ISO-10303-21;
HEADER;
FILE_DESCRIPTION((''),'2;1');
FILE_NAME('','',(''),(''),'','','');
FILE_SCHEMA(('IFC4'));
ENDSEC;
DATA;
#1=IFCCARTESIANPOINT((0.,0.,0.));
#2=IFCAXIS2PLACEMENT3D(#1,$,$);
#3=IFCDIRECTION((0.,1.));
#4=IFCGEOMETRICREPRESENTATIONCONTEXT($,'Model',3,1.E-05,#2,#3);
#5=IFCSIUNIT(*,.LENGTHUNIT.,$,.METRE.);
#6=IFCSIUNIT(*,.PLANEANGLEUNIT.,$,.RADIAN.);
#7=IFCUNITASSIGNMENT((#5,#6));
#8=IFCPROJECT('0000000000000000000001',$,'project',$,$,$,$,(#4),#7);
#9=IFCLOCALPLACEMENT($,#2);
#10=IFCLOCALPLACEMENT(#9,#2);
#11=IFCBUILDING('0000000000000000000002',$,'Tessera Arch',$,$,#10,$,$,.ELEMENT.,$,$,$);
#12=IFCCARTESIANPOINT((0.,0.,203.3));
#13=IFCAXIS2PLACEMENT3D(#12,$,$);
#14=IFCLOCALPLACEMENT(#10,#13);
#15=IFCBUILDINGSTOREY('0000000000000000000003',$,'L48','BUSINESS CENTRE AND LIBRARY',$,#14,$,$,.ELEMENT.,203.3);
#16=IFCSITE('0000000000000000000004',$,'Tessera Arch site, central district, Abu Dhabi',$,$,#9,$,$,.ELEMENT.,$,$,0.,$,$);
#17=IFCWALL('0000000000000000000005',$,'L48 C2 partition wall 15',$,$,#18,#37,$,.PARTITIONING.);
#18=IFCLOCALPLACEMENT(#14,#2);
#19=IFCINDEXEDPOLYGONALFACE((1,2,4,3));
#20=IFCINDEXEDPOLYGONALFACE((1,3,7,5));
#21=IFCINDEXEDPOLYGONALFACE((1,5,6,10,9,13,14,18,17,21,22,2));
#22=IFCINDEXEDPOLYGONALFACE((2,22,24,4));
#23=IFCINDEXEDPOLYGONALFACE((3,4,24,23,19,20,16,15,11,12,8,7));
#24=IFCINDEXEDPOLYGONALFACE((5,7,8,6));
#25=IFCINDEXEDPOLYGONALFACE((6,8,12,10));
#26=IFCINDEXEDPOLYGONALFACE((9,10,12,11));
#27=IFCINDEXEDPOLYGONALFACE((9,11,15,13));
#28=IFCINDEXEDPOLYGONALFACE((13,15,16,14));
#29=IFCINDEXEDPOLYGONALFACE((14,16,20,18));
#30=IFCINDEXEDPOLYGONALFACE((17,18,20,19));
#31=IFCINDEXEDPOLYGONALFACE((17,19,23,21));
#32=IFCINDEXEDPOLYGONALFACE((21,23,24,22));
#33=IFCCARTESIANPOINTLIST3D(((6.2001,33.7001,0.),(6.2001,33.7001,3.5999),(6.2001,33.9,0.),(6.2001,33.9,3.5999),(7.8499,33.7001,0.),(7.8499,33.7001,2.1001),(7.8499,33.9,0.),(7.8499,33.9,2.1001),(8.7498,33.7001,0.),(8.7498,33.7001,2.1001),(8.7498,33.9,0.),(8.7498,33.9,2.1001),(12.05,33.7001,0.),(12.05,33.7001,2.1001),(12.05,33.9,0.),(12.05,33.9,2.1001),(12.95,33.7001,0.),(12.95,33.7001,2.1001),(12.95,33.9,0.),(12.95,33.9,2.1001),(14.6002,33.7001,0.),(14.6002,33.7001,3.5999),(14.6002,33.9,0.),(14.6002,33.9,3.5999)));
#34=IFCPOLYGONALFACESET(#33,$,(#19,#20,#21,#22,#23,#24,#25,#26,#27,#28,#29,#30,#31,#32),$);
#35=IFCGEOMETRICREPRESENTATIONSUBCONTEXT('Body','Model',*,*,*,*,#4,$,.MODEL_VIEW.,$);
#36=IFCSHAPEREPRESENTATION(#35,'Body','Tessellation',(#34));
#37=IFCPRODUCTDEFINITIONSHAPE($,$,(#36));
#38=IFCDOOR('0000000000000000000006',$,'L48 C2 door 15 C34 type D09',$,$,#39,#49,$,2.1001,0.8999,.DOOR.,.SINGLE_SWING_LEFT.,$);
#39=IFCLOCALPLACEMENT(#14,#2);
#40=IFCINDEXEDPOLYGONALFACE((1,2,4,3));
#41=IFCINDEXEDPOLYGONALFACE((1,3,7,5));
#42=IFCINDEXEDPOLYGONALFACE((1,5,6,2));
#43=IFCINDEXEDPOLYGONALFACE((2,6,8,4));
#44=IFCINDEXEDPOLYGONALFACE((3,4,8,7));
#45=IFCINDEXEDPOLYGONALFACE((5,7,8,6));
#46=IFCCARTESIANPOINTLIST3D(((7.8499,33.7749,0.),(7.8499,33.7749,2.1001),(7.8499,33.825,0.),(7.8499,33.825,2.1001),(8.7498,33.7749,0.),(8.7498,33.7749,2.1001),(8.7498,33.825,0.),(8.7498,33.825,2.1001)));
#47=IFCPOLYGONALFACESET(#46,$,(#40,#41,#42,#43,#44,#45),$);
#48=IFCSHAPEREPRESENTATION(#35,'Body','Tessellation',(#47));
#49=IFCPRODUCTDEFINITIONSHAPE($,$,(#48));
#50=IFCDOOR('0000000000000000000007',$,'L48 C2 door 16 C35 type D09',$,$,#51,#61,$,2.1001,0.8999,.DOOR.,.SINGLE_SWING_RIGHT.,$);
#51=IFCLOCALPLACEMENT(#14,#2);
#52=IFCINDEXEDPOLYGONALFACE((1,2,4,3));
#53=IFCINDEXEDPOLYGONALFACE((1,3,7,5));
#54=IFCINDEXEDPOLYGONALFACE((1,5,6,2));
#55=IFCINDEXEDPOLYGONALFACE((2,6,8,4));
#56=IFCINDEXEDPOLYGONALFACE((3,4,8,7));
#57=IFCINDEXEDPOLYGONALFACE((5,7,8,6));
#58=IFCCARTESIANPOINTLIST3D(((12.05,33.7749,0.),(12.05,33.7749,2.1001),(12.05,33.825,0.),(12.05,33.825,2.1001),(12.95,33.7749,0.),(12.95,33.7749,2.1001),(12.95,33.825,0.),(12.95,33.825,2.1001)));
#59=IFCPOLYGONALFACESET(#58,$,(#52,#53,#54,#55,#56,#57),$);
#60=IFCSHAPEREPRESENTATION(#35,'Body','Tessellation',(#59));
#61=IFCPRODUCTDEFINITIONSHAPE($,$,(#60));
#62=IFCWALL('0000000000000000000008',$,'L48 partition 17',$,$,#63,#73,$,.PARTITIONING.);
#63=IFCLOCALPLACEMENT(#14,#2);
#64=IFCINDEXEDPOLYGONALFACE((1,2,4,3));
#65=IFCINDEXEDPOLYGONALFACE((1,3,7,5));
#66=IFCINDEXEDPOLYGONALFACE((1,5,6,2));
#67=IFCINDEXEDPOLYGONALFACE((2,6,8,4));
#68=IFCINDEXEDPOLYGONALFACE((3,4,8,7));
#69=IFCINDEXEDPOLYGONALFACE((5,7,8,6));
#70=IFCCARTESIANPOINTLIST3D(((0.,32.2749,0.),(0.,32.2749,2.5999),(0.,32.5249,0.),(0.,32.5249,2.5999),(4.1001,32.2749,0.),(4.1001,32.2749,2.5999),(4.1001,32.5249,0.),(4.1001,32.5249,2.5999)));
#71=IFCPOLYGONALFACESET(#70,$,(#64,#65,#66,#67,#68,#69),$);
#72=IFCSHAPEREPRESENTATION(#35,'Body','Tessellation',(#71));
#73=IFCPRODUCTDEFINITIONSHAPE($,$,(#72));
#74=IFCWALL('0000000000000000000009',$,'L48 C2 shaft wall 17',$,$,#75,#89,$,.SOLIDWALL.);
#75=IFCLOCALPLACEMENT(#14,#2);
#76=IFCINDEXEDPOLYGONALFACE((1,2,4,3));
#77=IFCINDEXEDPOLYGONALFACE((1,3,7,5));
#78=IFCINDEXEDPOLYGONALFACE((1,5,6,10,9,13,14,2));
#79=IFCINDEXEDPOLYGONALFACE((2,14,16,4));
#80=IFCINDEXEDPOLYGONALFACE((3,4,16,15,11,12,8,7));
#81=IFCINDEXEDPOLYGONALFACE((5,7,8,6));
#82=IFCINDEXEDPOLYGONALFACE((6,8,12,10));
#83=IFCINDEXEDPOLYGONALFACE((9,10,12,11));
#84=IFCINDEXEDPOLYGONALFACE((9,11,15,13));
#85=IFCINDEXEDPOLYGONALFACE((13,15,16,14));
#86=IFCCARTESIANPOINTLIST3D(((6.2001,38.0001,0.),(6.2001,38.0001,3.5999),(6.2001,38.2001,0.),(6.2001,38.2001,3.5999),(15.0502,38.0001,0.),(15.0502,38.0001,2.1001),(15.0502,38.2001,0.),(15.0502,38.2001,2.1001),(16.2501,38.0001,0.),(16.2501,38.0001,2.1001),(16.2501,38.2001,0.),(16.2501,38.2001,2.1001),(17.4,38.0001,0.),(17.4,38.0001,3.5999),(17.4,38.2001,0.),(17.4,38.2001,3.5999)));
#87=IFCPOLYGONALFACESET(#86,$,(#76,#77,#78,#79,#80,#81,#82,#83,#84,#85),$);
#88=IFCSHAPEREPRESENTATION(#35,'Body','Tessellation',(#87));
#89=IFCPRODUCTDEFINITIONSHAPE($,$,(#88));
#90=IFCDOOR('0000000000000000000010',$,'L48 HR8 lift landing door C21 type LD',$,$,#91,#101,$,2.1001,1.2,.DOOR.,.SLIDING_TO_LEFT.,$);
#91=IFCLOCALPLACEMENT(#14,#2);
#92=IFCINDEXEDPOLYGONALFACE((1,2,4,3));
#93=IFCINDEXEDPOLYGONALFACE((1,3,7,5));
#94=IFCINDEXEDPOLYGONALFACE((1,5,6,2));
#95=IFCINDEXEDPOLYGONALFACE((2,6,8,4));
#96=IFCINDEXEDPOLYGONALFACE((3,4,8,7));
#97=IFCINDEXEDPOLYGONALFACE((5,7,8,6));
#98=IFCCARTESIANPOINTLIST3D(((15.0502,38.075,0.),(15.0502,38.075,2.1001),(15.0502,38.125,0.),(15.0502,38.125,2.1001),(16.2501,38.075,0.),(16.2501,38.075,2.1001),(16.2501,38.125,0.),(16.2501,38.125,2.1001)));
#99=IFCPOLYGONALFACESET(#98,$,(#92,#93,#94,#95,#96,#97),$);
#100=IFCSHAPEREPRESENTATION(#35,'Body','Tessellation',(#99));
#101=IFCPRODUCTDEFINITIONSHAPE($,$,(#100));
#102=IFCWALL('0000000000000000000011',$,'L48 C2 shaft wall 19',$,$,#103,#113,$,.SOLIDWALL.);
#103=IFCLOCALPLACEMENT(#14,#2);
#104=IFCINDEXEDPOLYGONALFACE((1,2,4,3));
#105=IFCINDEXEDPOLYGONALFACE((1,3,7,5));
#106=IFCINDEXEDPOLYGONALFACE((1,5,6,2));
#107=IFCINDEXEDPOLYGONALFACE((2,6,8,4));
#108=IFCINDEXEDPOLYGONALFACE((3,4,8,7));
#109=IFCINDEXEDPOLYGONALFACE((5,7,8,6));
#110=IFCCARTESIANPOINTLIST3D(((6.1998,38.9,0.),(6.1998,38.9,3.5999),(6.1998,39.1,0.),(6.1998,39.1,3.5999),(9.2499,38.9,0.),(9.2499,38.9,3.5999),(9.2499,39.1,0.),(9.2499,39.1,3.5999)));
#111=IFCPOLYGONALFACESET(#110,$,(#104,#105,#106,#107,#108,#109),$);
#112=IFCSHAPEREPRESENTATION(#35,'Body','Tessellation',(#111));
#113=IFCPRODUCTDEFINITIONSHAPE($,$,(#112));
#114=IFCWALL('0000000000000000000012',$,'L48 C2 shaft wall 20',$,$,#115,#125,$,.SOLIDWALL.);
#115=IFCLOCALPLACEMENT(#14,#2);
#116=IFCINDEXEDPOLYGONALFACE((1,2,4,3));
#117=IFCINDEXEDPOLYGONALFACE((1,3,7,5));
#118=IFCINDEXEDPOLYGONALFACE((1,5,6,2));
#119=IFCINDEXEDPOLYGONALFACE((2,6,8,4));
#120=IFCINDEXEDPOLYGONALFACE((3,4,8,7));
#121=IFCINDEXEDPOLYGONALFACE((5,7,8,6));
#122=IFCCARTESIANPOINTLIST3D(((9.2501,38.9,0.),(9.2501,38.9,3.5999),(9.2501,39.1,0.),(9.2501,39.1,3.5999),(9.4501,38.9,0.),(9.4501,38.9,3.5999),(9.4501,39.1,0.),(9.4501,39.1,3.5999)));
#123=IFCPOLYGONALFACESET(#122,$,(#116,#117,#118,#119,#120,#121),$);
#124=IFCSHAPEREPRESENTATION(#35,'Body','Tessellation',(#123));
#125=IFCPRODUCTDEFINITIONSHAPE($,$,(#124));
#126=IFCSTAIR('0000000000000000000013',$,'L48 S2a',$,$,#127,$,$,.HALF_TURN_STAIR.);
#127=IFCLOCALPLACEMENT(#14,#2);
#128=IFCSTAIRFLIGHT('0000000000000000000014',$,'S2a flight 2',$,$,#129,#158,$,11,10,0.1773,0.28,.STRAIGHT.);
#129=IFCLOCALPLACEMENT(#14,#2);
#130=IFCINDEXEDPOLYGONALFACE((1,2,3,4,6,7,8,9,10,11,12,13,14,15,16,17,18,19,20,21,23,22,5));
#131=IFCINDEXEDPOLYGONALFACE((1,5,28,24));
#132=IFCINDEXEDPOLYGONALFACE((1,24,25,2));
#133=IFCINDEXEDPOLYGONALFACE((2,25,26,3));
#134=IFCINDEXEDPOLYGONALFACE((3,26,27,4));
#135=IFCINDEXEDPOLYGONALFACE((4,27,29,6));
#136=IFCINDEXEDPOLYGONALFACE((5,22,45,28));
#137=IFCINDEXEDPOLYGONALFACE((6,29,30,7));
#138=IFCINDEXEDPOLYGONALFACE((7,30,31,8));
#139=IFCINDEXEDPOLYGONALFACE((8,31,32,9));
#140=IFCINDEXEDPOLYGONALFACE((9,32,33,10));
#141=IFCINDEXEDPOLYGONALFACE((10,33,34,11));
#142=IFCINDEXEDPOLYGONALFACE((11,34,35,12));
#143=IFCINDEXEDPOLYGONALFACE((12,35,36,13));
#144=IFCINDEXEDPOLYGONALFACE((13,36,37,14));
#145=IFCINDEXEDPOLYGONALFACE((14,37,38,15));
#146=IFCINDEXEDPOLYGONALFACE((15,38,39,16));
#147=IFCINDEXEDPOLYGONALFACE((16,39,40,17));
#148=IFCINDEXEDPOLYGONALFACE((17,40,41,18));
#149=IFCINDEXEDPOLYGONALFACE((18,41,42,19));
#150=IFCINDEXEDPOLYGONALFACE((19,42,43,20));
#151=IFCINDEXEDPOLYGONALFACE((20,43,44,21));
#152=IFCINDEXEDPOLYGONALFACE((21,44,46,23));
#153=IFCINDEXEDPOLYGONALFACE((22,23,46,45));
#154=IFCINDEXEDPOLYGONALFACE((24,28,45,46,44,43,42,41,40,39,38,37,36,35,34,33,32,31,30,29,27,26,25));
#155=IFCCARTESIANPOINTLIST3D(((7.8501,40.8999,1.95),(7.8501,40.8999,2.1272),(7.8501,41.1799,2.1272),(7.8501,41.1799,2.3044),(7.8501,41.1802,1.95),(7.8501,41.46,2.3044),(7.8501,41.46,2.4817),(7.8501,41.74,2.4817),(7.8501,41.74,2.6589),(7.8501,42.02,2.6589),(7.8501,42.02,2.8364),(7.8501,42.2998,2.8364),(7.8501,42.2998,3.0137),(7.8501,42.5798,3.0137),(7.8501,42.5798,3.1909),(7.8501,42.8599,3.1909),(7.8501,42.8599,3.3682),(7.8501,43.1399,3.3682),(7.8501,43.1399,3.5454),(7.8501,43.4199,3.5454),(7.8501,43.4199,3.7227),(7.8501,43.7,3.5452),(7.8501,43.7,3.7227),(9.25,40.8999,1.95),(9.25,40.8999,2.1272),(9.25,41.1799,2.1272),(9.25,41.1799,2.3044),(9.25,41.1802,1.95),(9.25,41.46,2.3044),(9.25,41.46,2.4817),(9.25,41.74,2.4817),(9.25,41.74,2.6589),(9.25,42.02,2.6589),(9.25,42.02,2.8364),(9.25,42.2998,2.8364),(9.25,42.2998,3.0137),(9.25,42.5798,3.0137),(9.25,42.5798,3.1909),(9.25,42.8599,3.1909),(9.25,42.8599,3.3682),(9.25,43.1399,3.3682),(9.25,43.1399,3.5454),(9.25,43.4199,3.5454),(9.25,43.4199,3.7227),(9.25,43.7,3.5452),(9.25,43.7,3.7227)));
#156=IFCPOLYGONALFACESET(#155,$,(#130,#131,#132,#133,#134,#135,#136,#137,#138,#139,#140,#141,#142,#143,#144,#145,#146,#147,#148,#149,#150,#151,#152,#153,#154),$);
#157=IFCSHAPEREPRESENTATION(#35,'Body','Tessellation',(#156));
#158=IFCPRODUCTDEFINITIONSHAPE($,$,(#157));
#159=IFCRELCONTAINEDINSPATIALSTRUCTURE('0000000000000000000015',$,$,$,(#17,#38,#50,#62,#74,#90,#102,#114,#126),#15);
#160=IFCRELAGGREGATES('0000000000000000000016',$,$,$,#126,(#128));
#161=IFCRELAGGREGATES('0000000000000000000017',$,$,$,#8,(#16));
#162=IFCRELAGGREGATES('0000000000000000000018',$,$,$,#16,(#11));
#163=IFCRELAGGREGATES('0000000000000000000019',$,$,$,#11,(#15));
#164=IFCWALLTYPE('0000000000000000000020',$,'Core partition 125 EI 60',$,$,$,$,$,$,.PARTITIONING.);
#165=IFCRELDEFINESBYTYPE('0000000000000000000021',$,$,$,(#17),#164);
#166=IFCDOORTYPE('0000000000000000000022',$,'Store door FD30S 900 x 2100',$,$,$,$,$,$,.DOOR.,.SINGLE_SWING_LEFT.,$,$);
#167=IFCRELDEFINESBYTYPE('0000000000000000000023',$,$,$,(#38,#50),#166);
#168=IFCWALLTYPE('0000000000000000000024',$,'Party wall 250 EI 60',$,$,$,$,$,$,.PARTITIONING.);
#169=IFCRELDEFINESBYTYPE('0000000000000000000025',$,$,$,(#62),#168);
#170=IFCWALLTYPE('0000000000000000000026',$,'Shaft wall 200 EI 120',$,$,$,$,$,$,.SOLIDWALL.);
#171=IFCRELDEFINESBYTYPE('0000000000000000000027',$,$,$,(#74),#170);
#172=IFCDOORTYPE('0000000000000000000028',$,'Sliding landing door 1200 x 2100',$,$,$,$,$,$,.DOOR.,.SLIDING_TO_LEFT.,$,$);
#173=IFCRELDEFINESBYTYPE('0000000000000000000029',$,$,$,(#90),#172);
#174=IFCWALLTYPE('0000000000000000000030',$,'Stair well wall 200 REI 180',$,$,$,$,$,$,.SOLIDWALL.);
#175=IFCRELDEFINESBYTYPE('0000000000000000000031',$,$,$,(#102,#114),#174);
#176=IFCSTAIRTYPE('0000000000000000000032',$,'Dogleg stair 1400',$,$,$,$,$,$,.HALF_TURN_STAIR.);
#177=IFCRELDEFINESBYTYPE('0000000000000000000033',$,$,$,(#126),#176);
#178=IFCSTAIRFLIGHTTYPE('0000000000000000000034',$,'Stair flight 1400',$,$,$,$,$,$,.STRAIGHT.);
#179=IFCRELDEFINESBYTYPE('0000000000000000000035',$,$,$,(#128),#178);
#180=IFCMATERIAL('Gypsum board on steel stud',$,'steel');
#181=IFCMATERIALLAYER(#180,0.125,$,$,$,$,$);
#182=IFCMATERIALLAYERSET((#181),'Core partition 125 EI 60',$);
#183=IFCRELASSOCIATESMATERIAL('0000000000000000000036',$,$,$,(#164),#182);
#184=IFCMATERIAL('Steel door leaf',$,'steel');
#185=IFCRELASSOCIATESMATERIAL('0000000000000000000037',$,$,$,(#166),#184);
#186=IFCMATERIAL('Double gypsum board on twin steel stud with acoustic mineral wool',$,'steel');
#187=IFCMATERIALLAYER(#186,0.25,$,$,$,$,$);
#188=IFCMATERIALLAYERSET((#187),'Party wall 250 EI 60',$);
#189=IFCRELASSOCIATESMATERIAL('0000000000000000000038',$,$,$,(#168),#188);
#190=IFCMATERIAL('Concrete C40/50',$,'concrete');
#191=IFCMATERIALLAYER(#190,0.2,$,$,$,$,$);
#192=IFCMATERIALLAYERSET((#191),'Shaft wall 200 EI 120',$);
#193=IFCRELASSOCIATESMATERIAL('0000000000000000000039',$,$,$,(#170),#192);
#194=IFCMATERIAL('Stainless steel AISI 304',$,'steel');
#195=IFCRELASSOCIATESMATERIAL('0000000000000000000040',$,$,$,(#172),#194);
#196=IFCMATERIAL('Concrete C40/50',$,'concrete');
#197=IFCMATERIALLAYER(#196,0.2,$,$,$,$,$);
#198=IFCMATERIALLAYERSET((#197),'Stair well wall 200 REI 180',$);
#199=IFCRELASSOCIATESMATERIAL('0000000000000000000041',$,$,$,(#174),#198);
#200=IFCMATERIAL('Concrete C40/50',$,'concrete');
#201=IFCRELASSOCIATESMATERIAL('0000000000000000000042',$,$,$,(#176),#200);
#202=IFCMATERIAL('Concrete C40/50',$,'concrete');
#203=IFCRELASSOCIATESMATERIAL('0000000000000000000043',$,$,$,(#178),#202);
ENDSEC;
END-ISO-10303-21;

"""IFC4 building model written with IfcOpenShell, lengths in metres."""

from ifc_helpers import new_model, si_unit, direction, frame, frame_2d, origin, place, context, subcontext, project, spatial, polyline, rectangle, outline, extrude, material, layer, layer_set, type_object, element, fill, aggregate, save


model = new_model("IFC4")

# Units and contexts
model_context = context("Model", 3, precision=1e-05, world=origin(), true_north=direction((0.0, 1.0)))
body_context = subcontext(model_context, "Body", "Model", "MODEL_VIEW")
ifc_project = project(units=[si_unit("LENGTHUNIT", "METRE"), si_unit("PLANEANGLEUNIT", "RADIAN")], contexts=[model_context])

# Site, building, storey
site_placement = place(None, origin())
site = spatial("IfcSite", under=ifc_project, at=site_placement, Name="Tessera Arch site, central district, Abu Dhabi", CompositionType="ELEMENT", RefElevation=0.0)
building_placement = place(site_placement, origin())
building = spatial("IfcBuilding", under=site, at=building_placement, Name="Tessera Arch", CompositionType="ELEMENT")
storey_placement = place(building_placement, frame((0.0, 0.0, 203.3)))
storey = spatial("IfcBuildingStorey", under=building, at=storey_placement, Name="L48", Description="BUSINESS CENTRE AND LIBRARY", CompositionType="ELEMENT", Elevation=203.3)

# Wall, openings, doors
ifc_material_1 = material(Name="Gypsum board on steel stud", Category="steel")
ifc_layer_1 = layer(ifc_material_1, 0.125)
ifc_layer_set_1 = layer_set([ifc_layer_1], Name="Core partition 125 EI 60")
wall_type_1 = type_object("IfcWallType", Name="Core partition 125 EI 60", PredefinedType="PARTITIONING", material=ifc_layer_set_1)
ifc_material_2 = material(Name="Steel door leaf", Category="steel")
door_type_1 = type_object("IfcDoorType", Name="Store door FD30S 900 x 2100", OperationType="SINGLE_SWING_LEFT", PredefinedType="DOOR", material=ifc_material_2)
wall_1_placement = place(storey_placement, frame((6.2, 33.8, 0.0), z_axis=(0.0, 0.0, 1.0), x_axis=(1.0, 0.0, 0.0)))
wall_1 = element("IfcWall", 1, at=wall_1_placement, inside=storey, type_object=wall_type_1, Name="L48 C2 partition wall 15", PredefinedType="PARTITIONING", context=body_context, shape_type="SweptSolid", body=[
    extrude(rectangle(XDim=8.4001, YDim=0.2, at=frame_2d((4.2002, 0.0))), origin(), (0.0, 0.0, 1.0), 3.5999),
])
opening_1_placement = place(wall_1_placement, frame((1.6499, 0.0, 0.0)))
opening_1 = element("IfcOpeningElement", 2, at=opening_1_placement, cuts=wall_1, PredefinedType="OPENING", context=body_context, shape_type="SweptSolid", body=[
    extrude(rectangle(XDim=0.8999, YDim=2.1001, at=frame_2d((0.45, 1.05))), frame((0.0, 0.1099, 0.0), z_axis=(0.0, -1.0, 0.0), x_axis=(1.0, 0.0, 0.0)), (0.0, 0.0, 1.0), 0.22),
])
opening_2_placement = place(wall_1_placement, frame((5.8501, 0.0, 0.0)))
opening_2 = element("IfcOpeningElement", 3, at=opening_2_placement, cuts=wall_1, PredefinedType="OPENING", context=body_context, shape_type="SweptSolid", body=[
    extrude(rectangle(XDim=0.8999, YDim=2.1001, at=frame_2d((0.45, 1.05))), frame((0.0, 0.1099, 0.0), z_axis=(0.0, -1.0, 0.0), x_axis=(1.0, 0.0, 0.0)), (0.0, 0.0, 1.0), 0.22),
])
door_1_placement = place(opening_1_placement, origin())
door_1 = element("IfcDoor", 4, at=door_1_placement, inside=storey, type_object=door_type_1, Name="L48 C2 door 15 C34 type D09", OperationType="SINGLE_SWING_LEFT", OverallHeight=2.1001, OverallWidth=0.8999, PredefinedType="DOOR", context=body_context, shape_type="SweptSolid", body=[
    extrude(rectangle(XDim=0.8999, YDim=2.1001, at=frame_2d((0.45, 1.05))), frame((0.0, 0.0249, 0.0), z_axis=(0.0, -1.0, 0.0), x_axis=(1.0, 0.0, 0.0)), (0.0, 0.0, 1.0), 0.05),
])
fill(opening_1, door_1)
door_2_placement = place(opening_2_placement, origin())
door_2 = element("IfcDoor", 5, at=door_2_placement, inside=storey, type_object=door_type_1, Name="L48 C2 door 16 C35 type D09", OperationType="SINGLE_SWING_RIGHT", OverallHeight=2.1001, OverallWidth=0.8999, PredefinedType="DOOR", context=body_context, shape_type="SweptSolid", body=[
    extrude(rectangle(XDim=0.8999, YDim=2.1001, at=frame_2d((0.45, 1.05))), frame((0.0, 0.0249, 0.0), z_axis=(0.0, -1.0, 0.0), x_axis=(1.0, 0.0, 0.0)), (0.0, 0.0, 1.0), 0.05),
])
fill(opening_2, door_2)

# Wall
ifc_material_3 = material(Name="Double gypsum board on twin steel stud with acoustic mineral wool", Category="steel")
ifc_layer_2 = layer(ifc_material_3, 0.25)
ifc_layer_set_2 = layer_set([ifc_layer_2], Name="Party wall 250 EI 60")
wall_type_2 = type_object("IfcWallType", Name="Party wall 250 EI 60", PredefinedType="PARTITIONING", material=ifc_layer_set_2)
wall_2_placement = place(storey_placement, frame((0.0, 32.3999, 0.0), z_axis=(0.0, 0.0, 1.0), x_axis=(1.0, 0.0, 0.0)))
element("IfcWall", 6, at=wall_2_placement, inside=storey, type_object=wall_type_2, Name="L48 partition 17", PredefinedType="PARTITIONING", context=body_context, shape_type="SweptSolid", body=[
    extrude(rectangle(XDim=4.1001, YDim=0.25, at=frame_2d((2.05, 0.0))), origin(), (0.0, 0.0, 1.0), 2.5999),
])

# Wall, opening, door
ifc_material_4 = material(Name="Concrete C40/50", Category="concrete")
ifc_layer_3 = layer(ifc_material_4, 0.2)
ifc_layer_set_3 = layer_set([ifc_layer_3], Name="Shaft wall 200 EI 120")
wall_type_3 = type_object("IfcWallType", Name="Shaft wall 200 EI 120", PredefinedType="SOLIDWALL", material=ifc_layer_set_3)
wall_3_placement = place(storey_placement, frame((6.2, 38.1001, 0.0), z_axis=(0.0, 0.0, 1.0), x_axis=(1.0, 0.0, 0.0)))
wall_3 = element("IfcWall", 7, at=wall_3_placement, inside=storey, type_object=wall_type_3, Name="L48 C2 shaft wall 17", PredefinedType="SOLIDWALL", context=body_context, shape_type="SweptSolid", body=[
    extrude(rectangle(XDim=11.2, YDim=0.2, at=frame_2d((5.6001, 0.0))), origin(), (0.0, 0.0, 1.0), 3.5999),
])
opening_3_placement = place(wall_3_placement, frame((8.8501, 0.0, 0.0)))
opening_3 = element("IfcOpeningElement", 8, at=opening_3_placement, cuts=wall_3, PredefinedType="OPENING", context=body_context, shape_type="SweptSolid", body=[
    extrude(rectangle(XDim=1.2, YDim=2.1001, at=frame_2d((0.6001, 1.05))), frame((0.0, 0.1099, 0.0), z_axis=(0.0, -1.0, 0.0), x_axis=(1.0, 0.0, 0.0)), (0.0, 0.0, 1.0), 0.22),
])
ifc_material_5 = material(Name="Stainless steel AISI 304", Category="steel")
door_type_2 = type_object("IfcDoorType", Name="Sliding landing door 1200 x 2100", OperationType="SLIDING_TO_LEFT", PredefinedType="DOOR", material=ifc_material_5)
door_3_placement = place(opening_3_placement, origin())
door_3 = element("IfcDoor", 9, at=door_3_placement, inside=storey, type_object=door_type_2, Name="L48 HR8 lift landing door C21 type LD", OperationType="SLIDING_TO_LEFT", OverallHeight=2.1001, OverallWidth=1.2, PredefinedType="DOOR", context=body_context, shape_type="SweptSolid", body=[
    extrude(rectangle(XDim=1.2, YDim=2.1001, at=frame_2d((0.6001, 1.05))), frame((0.0, 0.0249, 0.0), z_axis=(0.0, -1.0, 0.0), x_axis=(1.0, 0.0, 0.0)), (0.0, 0.0, 1.0), 0.05),
])
fill(opening_3, door_3)

# Walls
ifc_material_6 = material(Name="Concrete C40/50", Category="concrete")
ifc_layer_4 = layer(ifc_material_6, 0.2)
ifc_layer_set_4 = layer_set([ifc_layer_4], Name="Stair well wall 200 REI 180")
wall_type_4 = type_object("IfcWallType", Name="Stair well wall 200 REI 180", PredefinedType="SOLIDWALL", material=ifc_layer_set_4)
wall_4_placement = place(storey_placement, frame((6.2, 39.0, 0.0), z_axis=(0.0, 0.0, 1.0), x_axis=(1.0, 0.0, 0.0)))
element("IfcWall", 10, at=wall_4_placement, inside=storey, type_object=wall_type_4, Name="L48 C2 shaft wall 19", PredefinedType="SOLIDWALL", context=body_context, shape_type="SweptSolid", body=[
    extrude(rectangle(XDim=3.05, YDim=0.2, at=frame_2d((1.5249, 0.0))), origin(), (0.0, 0.0, 1.0), 3.5999),
])
wall_5_placement = place(storey_placement, frame((9.25, 39.0, 0.0), z_axis=(0.0, 0.0, 1.0), x_axis=(1.0, 0.0, 0.0)))
element("IfcWall", 11, at=wall_5_placement, inside=storey, type_object=wall_type_4, Name="L48 C2 shaft wall 20", PredefinedType="SOLIDWALL", context=body_context, shape_type="SweptSolid", body=[
    extrude(rectangle(XDim=0.2, YDim=0.2, at=frame_2d((0.1001, 0.0))), origin(), (0.0, 0.0, 1.0), 3.5999),
])

# Stair, stair flight
ifc_material_7 = material(Name="Concrete C40/50", Category="concrete")
stair_type = type_object("IfcStairType", Name="Dogleg stair 1400", PredefinedType="HALF_TURN_STAIR", material=ifc_material_7)
stair_placement = place(storey_placement, origin())
stair = element("IfcStair", 12, at=stair_placement, inside=storey, type_object=stair_type, Name="L48 S2a", PredefinedType="HALF_TURN_STAIR")
ifc_material_8 = material(Name="Concrete C40/50", Category="concrete")
stair_flight_type = type_object("IfcStairFlightType", Name="Stair flight 1400", PredefinedType="STRAIGHT", material=ifc_material_8)
stair_flight_placement = place(storey_placement, frame((8.55, 40.8999, 1.95), z_axis=(0.0, 0.0, 1.0), x_axis=(0.0, 1.0, 0.0)))
stair_flight = element("IfcStairFlight", 13, at=stair_flight_placement, type_object=stair_flight_type, Name="S2a flight 2", NumberOfRisers=11, NumberOfTreads=10, PredefinedType="STRAIGHT", RiserHeight=0.1773, TreadLength=0.28, context=body_context, shape_type="SweptSolid", body=[
    extrude(outline(polyline([(0.0, 0.0), (0.0, 0.1772), (0.28, 0.1772), (0.28, 0.3545), (0.5601, 0.3545), (0.5601, 0.5317), (0.8401, 0.5317), (0.8401, 0.709), (1.1201, 0.709), (1.1201, 0.8865), (1.3999, 0.8865), (1.3999, 1.0637), (1.6799, 1.0637), (1.6799, 1.241), (1.96, 1.241), (1.96, 1.4182), (2.24, 1.4182), (2.24, 1.5955), (2.52, 1.5955), (2.52, 1.7727), (2.8, 1.7727), (2.8, 1.95), (2.8, 1.5952), (0.2803, 0.0), (0.0, 0.0)])), frame((0.0, 0.7, 0.0), z_axis=(0.0, -1.0, 0.0), x_axis=(1.0, 0.0, 0.0)), (0.0, 0.0, 1.0), 1.3999),
])
aggregate(stair, [stair_flight])

save(model, "model.ifc")
